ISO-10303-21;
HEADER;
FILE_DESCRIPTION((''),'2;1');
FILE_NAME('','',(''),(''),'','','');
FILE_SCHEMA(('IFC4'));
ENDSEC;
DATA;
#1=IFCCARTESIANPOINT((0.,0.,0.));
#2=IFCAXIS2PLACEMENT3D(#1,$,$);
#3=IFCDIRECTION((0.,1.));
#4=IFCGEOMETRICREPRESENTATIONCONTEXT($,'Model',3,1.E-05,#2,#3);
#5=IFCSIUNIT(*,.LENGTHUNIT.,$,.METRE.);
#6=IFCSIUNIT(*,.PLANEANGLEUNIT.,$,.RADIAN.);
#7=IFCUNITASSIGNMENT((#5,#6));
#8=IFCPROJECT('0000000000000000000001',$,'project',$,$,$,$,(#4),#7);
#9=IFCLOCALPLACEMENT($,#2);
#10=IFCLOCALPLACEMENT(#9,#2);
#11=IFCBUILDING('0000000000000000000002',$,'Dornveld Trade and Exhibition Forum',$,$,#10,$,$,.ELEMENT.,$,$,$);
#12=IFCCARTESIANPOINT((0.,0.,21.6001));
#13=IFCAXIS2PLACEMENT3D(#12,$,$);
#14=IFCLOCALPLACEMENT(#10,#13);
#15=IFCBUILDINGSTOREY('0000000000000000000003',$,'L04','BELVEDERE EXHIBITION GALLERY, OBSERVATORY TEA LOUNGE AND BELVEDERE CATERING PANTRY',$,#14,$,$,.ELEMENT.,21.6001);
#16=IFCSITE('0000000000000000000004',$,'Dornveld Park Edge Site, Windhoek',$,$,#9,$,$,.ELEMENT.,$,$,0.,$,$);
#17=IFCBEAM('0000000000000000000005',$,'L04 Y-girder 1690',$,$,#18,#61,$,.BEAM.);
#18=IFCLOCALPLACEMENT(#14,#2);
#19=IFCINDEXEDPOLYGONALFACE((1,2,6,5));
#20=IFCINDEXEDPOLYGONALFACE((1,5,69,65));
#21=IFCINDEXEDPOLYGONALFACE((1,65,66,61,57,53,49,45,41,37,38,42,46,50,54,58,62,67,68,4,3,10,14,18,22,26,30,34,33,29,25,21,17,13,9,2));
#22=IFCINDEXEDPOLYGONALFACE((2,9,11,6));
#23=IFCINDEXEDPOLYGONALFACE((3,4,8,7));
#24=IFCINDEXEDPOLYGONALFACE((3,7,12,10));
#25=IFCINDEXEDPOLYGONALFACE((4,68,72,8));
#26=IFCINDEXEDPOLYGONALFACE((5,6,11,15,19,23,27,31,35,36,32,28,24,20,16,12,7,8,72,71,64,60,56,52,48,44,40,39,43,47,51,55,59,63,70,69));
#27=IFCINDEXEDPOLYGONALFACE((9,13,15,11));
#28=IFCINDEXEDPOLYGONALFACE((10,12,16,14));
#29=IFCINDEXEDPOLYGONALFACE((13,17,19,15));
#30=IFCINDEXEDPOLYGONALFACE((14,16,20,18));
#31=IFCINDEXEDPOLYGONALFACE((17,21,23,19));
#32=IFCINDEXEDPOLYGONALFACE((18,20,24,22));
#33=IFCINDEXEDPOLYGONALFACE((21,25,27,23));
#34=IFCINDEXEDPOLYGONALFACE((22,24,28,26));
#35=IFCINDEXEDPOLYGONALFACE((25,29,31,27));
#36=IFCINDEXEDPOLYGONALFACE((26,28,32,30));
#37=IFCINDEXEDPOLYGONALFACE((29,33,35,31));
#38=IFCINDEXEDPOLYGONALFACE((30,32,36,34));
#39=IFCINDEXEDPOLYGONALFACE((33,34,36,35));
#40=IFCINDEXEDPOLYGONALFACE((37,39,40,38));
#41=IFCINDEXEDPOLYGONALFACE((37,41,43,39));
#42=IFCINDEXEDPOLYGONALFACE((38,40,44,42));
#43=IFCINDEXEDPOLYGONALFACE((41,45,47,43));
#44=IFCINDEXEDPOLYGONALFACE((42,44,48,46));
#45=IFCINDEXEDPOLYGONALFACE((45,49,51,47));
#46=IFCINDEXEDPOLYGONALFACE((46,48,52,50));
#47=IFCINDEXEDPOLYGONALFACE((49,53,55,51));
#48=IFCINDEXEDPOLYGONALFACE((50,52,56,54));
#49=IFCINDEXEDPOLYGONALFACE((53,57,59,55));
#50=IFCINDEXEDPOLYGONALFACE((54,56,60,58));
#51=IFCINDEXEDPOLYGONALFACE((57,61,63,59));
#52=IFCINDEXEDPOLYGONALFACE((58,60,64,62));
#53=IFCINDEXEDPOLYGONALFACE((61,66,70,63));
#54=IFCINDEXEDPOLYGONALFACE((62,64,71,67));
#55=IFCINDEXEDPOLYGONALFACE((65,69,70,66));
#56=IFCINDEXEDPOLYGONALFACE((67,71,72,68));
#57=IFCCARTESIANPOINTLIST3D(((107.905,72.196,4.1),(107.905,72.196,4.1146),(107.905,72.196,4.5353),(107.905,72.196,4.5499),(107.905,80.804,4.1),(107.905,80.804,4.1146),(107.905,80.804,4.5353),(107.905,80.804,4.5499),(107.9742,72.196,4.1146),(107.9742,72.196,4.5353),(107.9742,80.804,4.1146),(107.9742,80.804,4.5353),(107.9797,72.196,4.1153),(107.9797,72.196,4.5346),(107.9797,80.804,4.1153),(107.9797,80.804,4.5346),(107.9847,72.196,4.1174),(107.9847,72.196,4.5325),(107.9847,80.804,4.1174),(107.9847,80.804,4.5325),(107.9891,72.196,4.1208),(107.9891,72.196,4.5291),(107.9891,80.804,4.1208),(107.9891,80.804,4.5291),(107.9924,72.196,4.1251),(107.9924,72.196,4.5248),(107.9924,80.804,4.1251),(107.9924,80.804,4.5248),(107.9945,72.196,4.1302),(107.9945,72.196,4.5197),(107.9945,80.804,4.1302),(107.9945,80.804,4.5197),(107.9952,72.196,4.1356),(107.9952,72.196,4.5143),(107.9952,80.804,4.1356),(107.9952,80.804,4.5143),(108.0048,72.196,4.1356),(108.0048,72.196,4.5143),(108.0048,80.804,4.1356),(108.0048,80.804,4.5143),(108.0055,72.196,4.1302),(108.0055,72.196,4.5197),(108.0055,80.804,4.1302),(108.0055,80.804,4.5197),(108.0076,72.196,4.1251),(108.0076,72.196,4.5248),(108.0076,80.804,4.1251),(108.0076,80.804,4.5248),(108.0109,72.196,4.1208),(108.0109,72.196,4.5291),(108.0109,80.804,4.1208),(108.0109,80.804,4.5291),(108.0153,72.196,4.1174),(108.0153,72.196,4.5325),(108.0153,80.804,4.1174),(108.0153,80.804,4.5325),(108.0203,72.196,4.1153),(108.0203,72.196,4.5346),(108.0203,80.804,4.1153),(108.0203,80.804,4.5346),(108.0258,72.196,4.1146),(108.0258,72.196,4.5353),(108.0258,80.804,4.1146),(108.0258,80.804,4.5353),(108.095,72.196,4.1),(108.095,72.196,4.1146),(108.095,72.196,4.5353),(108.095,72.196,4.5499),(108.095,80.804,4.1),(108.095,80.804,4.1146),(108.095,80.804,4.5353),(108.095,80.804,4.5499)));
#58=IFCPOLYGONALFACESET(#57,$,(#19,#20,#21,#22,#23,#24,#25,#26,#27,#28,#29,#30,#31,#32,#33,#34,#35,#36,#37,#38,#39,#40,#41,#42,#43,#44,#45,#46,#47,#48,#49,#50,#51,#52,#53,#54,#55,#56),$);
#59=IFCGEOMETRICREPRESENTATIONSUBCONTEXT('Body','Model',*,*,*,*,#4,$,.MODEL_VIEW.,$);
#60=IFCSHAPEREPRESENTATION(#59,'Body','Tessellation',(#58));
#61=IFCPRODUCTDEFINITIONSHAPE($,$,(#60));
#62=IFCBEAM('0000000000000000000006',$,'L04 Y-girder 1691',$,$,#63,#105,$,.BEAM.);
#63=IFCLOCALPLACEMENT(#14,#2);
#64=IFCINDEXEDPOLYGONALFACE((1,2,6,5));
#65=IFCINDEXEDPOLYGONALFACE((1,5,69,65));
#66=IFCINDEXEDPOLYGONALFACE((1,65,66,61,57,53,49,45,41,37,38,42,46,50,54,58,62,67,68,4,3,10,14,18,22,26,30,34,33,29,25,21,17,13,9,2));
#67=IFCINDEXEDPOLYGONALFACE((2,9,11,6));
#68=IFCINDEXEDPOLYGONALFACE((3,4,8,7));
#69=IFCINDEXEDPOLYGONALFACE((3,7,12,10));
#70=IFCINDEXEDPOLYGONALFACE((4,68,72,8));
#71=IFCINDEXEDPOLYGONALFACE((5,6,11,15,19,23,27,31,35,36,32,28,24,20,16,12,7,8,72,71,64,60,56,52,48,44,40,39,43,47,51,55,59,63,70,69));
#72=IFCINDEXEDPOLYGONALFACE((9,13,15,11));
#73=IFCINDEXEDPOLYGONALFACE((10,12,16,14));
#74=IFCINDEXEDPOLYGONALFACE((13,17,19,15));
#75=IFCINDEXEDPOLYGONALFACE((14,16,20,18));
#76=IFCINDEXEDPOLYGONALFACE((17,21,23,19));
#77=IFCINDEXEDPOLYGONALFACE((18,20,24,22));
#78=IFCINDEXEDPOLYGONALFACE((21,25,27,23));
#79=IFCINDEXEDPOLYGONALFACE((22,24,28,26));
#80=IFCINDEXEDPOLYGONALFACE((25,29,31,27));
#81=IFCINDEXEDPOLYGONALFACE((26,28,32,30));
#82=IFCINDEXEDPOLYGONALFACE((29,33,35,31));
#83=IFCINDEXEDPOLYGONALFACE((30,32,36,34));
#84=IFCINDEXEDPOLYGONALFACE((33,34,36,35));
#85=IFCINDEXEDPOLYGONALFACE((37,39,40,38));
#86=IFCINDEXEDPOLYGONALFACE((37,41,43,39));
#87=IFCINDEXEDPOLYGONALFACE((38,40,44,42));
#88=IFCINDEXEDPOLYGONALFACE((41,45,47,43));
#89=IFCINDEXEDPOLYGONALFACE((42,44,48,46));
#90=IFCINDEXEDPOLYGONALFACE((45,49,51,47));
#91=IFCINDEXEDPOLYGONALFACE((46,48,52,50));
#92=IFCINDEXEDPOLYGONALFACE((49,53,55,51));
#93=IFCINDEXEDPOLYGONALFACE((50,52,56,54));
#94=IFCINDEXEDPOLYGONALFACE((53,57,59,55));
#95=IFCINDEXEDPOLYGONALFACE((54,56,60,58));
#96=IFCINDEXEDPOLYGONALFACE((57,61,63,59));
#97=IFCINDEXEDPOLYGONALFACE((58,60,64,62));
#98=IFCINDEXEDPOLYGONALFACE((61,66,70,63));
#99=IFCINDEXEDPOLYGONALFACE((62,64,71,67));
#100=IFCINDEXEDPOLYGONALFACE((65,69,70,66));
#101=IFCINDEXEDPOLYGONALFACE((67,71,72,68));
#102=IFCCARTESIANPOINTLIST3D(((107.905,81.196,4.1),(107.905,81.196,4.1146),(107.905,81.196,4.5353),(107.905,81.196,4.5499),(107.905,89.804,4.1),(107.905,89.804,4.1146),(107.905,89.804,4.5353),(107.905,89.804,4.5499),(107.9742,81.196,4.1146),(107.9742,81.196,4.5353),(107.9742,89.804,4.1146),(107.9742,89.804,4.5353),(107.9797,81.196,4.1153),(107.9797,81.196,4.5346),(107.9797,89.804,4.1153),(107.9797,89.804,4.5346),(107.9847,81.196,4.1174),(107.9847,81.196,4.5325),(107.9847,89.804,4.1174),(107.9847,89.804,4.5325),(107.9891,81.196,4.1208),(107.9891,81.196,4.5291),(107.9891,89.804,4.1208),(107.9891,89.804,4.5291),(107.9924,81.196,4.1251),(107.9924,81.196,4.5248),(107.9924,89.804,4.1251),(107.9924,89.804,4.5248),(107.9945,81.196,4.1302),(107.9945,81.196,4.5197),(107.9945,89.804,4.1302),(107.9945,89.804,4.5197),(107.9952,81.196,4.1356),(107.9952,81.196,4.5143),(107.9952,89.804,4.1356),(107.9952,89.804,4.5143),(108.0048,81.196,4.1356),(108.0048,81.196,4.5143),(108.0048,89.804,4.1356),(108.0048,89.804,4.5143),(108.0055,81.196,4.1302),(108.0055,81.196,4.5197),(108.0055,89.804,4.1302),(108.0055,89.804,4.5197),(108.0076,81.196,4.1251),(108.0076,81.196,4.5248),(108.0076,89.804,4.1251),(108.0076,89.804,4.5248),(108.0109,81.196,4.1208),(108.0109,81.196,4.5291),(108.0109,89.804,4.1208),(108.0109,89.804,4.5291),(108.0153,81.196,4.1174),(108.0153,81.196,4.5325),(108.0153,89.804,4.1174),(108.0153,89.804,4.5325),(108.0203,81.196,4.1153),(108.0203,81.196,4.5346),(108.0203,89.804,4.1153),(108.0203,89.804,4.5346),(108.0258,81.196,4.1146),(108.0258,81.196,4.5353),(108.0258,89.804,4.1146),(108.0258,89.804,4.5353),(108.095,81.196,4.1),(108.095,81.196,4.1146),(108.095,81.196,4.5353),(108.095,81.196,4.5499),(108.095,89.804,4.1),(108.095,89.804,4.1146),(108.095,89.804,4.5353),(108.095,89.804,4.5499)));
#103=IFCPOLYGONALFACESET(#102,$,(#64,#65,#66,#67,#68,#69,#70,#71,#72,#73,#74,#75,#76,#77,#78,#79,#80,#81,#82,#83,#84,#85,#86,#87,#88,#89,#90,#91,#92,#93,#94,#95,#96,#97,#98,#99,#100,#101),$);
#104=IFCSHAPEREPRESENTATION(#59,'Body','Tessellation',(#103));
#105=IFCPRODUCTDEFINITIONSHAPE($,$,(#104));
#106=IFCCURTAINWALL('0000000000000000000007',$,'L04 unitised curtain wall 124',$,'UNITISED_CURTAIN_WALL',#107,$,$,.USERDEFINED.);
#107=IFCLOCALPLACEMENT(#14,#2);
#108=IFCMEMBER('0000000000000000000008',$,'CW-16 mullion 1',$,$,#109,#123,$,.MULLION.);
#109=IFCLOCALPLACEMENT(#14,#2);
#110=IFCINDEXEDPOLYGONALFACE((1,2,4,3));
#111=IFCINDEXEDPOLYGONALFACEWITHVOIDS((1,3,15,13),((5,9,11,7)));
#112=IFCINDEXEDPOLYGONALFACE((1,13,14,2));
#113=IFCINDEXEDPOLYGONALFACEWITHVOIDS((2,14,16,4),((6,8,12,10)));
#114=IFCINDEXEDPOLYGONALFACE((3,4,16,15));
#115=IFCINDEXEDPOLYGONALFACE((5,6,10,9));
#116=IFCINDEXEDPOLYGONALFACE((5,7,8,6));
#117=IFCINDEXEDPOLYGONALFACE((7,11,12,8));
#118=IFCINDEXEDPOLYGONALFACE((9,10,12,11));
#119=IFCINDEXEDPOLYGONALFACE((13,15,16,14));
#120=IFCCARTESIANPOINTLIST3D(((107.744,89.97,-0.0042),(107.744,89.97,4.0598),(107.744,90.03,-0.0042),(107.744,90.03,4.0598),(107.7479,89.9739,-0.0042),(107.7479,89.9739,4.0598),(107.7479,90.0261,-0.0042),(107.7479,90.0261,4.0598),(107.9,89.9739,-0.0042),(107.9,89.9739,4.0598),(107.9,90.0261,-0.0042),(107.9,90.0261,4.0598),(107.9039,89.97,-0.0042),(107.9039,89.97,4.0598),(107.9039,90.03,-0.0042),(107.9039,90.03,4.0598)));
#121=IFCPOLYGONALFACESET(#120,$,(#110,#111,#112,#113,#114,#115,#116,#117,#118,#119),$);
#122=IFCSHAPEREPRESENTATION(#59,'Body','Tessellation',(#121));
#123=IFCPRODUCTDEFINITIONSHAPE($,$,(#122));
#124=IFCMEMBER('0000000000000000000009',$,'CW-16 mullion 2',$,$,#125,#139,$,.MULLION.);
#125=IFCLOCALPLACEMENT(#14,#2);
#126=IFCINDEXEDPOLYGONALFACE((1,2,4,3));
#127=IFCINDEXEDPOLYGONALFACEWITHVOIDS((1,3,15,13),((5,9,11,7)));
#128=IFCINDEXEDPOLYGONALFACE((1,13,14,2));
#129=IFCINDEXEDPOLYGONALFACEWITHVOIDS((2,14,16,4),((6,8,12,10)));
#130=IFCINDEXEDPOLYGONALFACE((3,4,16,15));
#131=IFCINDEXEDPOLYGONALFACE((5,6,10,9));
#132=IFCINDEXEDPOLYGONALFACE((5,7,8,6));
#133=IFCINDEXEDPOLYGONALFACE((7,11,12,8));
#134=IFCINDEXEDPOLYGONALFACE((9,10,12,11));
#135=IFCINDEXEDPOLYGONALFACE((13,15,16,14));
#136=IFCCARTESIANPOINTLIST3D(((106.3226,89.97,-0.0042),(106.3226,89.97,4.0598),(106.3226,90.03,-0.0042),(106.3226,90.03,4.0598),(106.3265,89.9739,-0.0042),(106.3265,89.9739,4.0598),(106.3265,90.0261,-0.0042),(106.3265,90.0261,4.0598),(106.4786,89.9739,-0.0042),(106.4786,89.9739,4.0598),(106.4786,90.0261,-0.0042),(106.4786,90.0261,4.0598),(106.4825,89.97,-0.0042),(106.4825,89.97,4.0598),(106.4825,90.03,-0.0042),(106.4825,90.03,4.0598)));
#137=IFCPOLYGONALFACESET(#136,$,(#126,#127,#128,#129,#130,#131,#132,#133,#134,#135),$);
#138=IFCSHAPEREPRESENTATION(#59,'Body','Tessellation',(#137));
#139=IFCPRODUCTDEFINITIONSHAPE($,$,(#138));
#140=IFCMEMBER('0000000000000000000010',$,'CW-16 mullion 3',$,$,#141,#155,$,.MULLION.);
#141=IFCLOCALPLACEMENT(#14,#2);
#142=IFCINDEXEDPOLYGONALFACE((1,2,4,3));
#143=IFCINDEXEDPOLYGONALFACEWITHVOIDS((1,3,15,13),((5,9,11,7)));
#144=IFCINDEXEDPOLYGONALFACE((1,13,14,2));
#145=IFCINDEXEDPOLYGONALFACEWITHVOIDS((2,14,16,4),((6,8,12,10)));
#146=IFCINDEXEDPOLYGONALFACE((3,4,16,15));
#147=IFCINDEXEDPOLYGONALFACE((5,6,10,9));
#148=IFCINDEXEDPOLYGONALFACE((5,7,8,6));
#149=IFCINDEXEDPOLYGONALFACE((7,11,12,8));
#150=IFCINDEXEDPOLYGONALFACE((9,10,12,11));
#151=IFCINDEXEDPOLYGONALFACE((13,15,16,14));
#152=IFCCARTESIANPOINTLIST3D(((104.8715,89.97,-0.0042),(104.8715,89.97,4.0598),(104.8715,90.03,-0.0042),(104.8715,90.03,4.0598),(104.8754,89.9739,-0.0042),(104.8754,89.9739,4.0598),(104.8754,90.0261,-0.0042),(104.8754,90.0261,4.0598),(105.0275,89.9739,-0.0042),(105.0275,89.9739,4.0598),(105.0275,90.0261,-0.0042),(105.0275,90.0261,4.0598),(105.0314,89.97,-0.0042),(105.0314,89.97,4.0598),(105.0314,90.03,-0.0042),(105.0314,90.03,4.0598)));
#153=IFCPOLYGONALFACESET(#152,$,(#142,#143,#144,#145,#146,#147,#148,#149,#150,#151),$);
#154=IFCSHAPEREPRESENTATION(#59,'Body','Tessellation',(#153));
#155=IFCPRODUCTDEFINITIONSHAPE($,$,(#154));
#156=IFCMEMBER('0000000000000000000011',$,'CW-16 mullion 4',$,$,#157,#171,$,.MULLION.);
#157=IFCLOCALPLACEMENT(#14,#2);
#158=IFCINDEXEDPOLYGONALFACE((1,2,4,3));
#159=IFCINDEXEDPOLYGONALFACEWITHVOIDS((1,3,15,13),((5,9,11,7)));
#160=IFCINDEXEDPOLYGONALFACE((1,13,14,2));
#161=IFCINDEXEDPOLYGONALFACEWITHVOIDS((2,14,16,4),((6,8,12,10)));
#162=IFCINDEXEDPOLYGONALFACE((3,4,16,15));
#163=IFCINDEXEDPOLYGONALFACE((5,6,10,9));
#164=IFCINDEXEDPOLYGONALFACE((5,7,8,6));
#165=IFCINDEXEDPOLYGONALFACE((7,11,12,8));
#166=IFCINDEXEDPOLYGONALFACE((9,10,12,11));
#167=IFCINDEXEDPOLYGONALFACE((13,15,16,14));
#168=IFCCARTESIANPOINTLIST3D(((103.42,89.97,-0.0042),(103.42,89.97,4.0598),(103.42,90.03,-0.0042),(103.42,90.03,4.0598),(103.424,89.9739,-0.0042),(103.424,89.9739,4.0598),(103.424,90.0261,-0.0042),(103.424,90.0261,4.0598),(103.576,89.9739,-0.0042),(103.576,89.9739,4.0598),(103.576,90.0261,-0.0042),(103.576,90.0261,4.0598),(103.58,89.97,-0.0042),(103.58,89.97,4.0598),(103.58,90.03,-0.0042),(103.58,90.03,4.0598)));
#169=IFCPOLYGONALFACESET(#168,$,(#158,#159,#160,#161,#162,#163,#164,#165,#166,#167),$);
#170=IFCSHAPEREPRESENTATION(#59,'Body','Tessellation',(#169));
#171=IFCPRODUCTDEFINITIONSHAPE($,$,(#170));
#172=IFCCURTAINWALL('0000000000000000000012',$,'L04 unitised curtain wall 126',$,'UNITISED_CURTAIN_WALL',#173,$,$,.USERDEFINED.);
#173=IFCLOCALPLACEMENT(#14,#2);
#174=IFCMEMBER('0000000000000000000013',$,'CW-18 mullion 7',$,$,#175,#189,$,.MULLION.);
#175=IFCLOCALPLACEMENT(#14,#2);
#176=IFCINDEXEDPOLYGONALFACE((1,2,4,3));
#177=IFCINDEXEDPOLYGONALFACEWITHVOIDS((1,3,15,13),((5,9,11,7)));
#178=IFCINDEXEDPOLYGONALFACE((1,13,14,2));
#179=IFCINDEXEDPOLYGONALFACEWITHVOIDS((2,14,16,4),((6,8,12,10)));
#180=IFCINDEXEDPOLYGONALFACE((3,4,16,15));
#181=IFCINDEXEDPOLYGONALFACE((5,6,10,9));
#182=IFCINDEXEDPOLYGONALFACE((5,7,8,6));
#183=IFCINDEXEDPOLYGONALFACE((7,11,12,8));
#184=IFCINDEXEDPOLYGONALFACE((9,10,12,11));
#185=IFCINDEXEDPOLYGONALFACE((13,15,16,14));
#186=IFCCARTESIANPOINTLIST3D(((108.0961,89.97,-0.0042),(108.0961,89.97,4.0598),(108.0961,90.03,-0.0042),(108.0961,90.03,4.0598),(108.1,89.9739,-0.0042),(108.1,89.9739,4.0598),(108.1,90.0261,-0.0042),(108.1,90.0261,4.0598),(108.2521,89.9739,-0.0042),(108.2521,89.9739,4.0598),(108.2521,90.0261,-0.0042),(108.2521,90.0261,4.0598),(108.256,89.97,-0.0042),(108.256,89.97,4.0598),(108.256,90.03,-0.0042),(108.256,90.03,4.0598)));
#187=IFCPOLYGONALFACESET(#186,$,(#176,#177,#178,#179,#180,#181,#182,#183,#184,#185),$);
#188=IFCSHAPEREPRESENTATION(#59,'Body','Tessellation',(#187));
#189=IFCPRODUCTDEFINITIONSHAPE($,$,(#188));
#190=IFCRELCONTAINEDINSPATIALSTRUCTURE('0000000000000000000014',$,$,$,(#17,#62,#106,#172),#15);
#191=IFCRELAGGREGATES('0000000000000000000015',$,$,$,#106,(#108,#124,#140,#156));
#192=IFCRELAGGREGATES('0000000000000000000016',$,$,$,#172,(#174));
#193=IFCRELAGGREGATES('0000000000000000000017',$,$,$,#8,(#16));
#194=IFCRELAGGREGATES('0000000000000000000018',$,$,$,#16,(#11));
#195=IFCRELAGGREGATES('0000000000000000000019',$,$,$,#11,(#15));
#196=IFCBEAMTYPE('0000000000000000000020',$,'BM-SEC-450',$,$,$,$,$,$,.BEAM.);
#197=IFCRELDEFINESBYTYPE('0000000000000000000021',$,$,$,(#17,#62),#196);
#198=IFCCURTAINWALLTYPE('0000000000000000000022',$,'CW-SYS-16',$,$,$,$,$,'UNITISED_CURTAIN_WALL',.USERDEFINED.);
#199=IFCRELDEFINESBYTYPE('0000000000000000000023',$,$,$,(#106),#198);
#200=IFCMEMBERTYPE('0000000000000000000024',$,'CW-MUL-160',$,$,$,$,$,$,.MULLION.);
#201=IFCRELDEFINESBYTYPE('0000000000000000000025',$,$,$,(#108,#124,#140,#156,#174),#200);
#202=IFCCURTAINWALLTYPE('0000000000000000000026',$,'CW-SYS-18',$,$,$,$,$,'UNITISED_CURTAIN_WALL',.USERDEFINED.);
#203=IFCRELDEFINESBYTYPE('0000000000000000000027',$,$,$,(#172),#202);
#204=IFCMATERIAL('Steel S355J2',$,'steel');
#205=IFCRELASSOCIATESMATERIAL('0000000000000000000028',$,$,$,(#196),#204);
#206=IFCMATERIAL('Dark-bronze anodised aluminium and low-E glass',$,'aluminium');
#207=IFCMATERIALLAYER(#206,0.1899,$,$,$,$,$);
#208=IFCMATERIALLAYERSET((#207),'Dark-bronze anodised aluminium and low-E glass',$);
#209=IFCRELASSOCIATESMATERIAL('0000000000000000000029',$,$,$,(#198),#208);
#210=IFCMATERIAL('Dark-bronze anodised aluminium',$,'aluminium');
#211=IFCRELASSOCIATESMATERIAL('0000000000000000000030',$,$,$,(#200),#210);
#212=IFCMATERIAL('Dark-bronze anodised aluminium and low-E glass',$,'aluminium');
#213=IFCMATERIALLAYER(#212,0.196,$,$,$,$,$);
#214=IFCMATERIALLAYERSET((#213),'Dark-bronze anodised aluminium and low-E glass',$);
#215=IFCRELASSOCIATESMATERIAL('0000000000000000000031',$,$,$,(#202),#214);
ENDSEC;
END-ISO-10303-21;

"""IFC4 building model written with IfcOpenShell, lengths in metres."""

from ifc_helpers import new_model, si_unit, direction, frame, origin, origin_2d, place, context, subcontext, project, spatial, hollow_rectangle, i_section, extrude, material, layer, layer_set, material_profile, profile_set, type_object, element, aggregate, save


model = new_model("IFC4")

# Units and contexts
model_context = context("Model", 3, precision=1e-05, world=origin(), true_north=direction((0.0, 1.0)))
body_context = subcontext(model_context, "Body", "Model", "MODEL_VIEW")
ifc_project = project(units=[si_unit("LENGTHUNIT", "METRE"), si_unit("PLANEANGLEUNIT", "RADIAN")], contexts=[model_context])

# Site, building, storey
site_placement = place(None, origin())
site = spatial("IfcSite", under=ifc_project, at=site_placement, Name="Dornveld Park Edge Site, Windhoek", CompositionType="ELEMENT", RefElevation=0.0)
building_placement = place(site_placement, origin())
building = spatial("IfcBuilding", under=site, at=building_placement, Name="Dornveld Trade and Exhibition Forum", CompositionType="ELEMENT")
storey_placement = place(building_placement, frame((0.0, 0.0, 21.6001)))
storey = spatial("IfcBuildingStorey", under=building, at=storey_placement, Name="L04", Description="BELVEDERE EXHIBITION GALLERY, OBSERVATORY TEA LOUNGE AND BELVEDERE CATERING PANTRY", CompositionType="ELEMENT", Elevation=21.6001)

# Beams
ifc_material_1 = material(Name="Steel S355J2", Category="steel")
ifc_material_profile_1 = material_profile(ifc_material_1, i_section(OverallWidth=0.1899, OverallDepth=0.45, WebThickness=0.0095, FlangeThickness=0.0146, FilletRadius=0.021, at=origin_2d()), Name="IPE 450")
ifc_profile_set_1 = profile_set([ifc_material_profile_1], Name="Steel S355J2")
beam_type_1 = type_object("IfcBeamType", Name="BM-SEC-450", PredefinedType="BEAM", material=ifc_profile_set_1)
for number, where, z_axis, x_axis, name in (
    (1, (108.0, 72.196, 4.325), (0.0, 1.0, 0.0), (-1.0, 0.0, 0.0), "L04 Y-girder 1690"),
    (2, (108.0, 81.196, 4.325), (0.0, 1.0, 0.0), (-1.0, 0.0, 0.0), "L04 Y-girder 1691"),
):
    element("IfcBeam", number, at=place(storey_placement, frame(where, z_axis=z_axis, x_axis=x_axis)), inside=storey, type_object=beam_type_1, Name=name, PredefinedType="BEAM", context=body_context, shape_type="SweptSolid", body=[
        extrude(i_section(OverallWidth=0.1899, OverallDepth=0.45, WebThickness=0.0095, FlangeThickness=0.0146, FilletRadius=0.021, at=origin_2d()), origin(), (0.0, 0.0, 1.0), 8.6079),
    ])

# Curtain wall, members
ifc_material_2 = material(Name="Dark-bronze anodised aluminium and low-E glass", Category="aluminium")
ifc_layer_1 = layer(ifc_material_2, 0.1899)
ifc_layer_set_1 = layer_set([ifc_layer_1], Name="Dark-bronze anodised aluminium and low-E glass")
curtain_wall_type_1 = type_object("IfcCurtainWallType", Name="CW-SYS-16", ElementType="UNITISED_CURTAIN_WALL", PredefinedType="USERDEFINED", material=ifc_layer_set_1)
curtain_wall_1_placement = place(storey_placement, origin())
curtain_wall_1 = element("IfcCurtainWall", 3, at=curtain_wall_1_placement, inside=storey, type_object=curtain_wall_type_1, Name="L04 unitised curtain wall 124", ObjectType="UNITISED_CURTAIN_WALL", PredefinedType="USERDEFINED")
ifc_material_3 = material(Name="Dark-bronze anodised aluminium", Category="aluminium")
ifc_material_profile_2 = material_profile(ifc_material_3, hollow_rectangle(XDim=0.0601, YDim=0.1599, WallThickness=0.0039, at=origin_2d()), Name="RHS 160x60x4")
ifc_profile_set_2 = profile_set([ifc_material_profile_2], Name="Dark-bronze anodised aluminium")
member_type_1 = type_object("IfcMemberType", Name="CW-MUL-160", PredefinedType="MULLION", material=ifc_profile_set_2)
member_1_placement = place(storey_placement, frame((107.824, 90.0, -0.0042), z_axis=(0.0, 0.0, 1.0), x_axis=(0.0, -1.0, 0.0)))
member_1 = element("IfcMember", 4, at=member_1_placement, type_object=member_type_1, Name="CW-16 mullion 1", PredefinedType="MULLION", context=body_context, shape_type="SweptSolid", body=[
    extrude(hollow_rectangle(XDim=0.0601, YDim=0.1599, WallThickness=0.0039, at=origin_2d()), origin(), (0.0, 0.0, 1.0), 4.064),
])
member_2_placement = place(storey_placement, frame((106.4026, 90.0, -0.0042), z_axis=(0.0, 0.0, 1.0), x_axis=(0.0, -1.0, 0.0)))
member_2 = element("IfcMember", 5, at=member_2_placement, type_object=member_type_1, Name="CW-16 mullion 2", PredefinedType="MULLION", context=body_context, shape_type="SweptSolid", body=[
    extrude(hollow_rectangle(XDim=0.0601, YDim=0.1599, WallThickness=0.0039, at=origin_2d()), origin(), (0.0, 0.0, 1.0), 4.064),
])
member_3_placement = place(storey_placement, frame((104.9514, 90.0, -0.0042), z_axis=(0.0, 0.0, 1.0), x_axis=(0.0, -1.0, 0.0)))
member_3 = element("IfcMember", 6, at=member_3_placement, type_object=member_type_1, Name="CW-16 mullion 3", PredefinedType="MULLION", context=body_context, shape_type="SweptSolid", body=[
    extrude(hollow_rectangle(XDim=0.0601, YDim=0.1599, WallThickness=0.0039, at=origin_2d()), origin(), (0.0, 0.0, 1.0), 4.064),
])
member_4_placement = place(storey_placement, frame((103.5, 90.0, -0.0042), z_axis=(0.0, 0.0, 1.0), x_axis=(0.0, -1.0, 0.0)))
member_4 = element("IfcMember", 7, at=member_4_placement, type_object=member_type_1, Name="CW-16 mullion 4", PredefinedType="MULLION", context=body_context, shape_type="SweptSolid", body=[
    extrude(hollow_rectangle(XDim=0.0601, YDim=0.1599, WallThickness=0.0039, at=origin_2d()), origin(), (0.0, 0.0, 1.0), 4.064),
])

# Curtain wall, member
ifc_material_4 = material(Name="Dark-bronze anodised aluminium and low-E glass", Category="aluminium")
ifc_layer_2 = layer(ifc_material_4, 0.196)
ifc_layer_set_2 = layer_set([ifc_layer_2], Name="Dark-bronze anodised aluminium and low-E glass")
curtain_wall_type_2 = type_object("IfcCurtainWallType", Name="CW-SYS-18", ElementType="UNITISED_CURTAIN_WALL", PredefinedType="USERDEFINED", material=ifc_layer_set_2)
curtain_wall_2_placement = place(storey_placement, origin())
curtain_wall_2 = element("IfcCurtainWall", 8, at=curtain_wall_2_placement, inside=storey, type_object=curtain_wall_type_2, Name="L04 unitised curtain wall 126", ObjectType="UNITISED_CURTAIN_WALL", PredefinedType="USERDEFINED")
member_5_placement = place(storey_placement, frame((108.176, 90.0, -0.0042), z_axis=(0.0, 0.0, 1.0), x_axis=(0.0, -1.0, 0.0)))
member_5 = element("IfcMember", 9, at=member_5_placement, type_object=member_type_1, Name="CW-18 mullion 7", PredefinedType="MULLION", context=body_context, shape_type="SweptSolid", body=[
    extrude(hollow_rectangle(XDim=0.0601, YDim=0.1599, WallThickness=0.0039, at=origin_2d()), origin(), (0.0, 0.0, 1.0), 4.064),
])

aggregate(curtain_wall_1, [member_1, member_2, member_3, member_4])
aggregate(curtain_wall_2, [member_5])

save(model, "model.ifc")
